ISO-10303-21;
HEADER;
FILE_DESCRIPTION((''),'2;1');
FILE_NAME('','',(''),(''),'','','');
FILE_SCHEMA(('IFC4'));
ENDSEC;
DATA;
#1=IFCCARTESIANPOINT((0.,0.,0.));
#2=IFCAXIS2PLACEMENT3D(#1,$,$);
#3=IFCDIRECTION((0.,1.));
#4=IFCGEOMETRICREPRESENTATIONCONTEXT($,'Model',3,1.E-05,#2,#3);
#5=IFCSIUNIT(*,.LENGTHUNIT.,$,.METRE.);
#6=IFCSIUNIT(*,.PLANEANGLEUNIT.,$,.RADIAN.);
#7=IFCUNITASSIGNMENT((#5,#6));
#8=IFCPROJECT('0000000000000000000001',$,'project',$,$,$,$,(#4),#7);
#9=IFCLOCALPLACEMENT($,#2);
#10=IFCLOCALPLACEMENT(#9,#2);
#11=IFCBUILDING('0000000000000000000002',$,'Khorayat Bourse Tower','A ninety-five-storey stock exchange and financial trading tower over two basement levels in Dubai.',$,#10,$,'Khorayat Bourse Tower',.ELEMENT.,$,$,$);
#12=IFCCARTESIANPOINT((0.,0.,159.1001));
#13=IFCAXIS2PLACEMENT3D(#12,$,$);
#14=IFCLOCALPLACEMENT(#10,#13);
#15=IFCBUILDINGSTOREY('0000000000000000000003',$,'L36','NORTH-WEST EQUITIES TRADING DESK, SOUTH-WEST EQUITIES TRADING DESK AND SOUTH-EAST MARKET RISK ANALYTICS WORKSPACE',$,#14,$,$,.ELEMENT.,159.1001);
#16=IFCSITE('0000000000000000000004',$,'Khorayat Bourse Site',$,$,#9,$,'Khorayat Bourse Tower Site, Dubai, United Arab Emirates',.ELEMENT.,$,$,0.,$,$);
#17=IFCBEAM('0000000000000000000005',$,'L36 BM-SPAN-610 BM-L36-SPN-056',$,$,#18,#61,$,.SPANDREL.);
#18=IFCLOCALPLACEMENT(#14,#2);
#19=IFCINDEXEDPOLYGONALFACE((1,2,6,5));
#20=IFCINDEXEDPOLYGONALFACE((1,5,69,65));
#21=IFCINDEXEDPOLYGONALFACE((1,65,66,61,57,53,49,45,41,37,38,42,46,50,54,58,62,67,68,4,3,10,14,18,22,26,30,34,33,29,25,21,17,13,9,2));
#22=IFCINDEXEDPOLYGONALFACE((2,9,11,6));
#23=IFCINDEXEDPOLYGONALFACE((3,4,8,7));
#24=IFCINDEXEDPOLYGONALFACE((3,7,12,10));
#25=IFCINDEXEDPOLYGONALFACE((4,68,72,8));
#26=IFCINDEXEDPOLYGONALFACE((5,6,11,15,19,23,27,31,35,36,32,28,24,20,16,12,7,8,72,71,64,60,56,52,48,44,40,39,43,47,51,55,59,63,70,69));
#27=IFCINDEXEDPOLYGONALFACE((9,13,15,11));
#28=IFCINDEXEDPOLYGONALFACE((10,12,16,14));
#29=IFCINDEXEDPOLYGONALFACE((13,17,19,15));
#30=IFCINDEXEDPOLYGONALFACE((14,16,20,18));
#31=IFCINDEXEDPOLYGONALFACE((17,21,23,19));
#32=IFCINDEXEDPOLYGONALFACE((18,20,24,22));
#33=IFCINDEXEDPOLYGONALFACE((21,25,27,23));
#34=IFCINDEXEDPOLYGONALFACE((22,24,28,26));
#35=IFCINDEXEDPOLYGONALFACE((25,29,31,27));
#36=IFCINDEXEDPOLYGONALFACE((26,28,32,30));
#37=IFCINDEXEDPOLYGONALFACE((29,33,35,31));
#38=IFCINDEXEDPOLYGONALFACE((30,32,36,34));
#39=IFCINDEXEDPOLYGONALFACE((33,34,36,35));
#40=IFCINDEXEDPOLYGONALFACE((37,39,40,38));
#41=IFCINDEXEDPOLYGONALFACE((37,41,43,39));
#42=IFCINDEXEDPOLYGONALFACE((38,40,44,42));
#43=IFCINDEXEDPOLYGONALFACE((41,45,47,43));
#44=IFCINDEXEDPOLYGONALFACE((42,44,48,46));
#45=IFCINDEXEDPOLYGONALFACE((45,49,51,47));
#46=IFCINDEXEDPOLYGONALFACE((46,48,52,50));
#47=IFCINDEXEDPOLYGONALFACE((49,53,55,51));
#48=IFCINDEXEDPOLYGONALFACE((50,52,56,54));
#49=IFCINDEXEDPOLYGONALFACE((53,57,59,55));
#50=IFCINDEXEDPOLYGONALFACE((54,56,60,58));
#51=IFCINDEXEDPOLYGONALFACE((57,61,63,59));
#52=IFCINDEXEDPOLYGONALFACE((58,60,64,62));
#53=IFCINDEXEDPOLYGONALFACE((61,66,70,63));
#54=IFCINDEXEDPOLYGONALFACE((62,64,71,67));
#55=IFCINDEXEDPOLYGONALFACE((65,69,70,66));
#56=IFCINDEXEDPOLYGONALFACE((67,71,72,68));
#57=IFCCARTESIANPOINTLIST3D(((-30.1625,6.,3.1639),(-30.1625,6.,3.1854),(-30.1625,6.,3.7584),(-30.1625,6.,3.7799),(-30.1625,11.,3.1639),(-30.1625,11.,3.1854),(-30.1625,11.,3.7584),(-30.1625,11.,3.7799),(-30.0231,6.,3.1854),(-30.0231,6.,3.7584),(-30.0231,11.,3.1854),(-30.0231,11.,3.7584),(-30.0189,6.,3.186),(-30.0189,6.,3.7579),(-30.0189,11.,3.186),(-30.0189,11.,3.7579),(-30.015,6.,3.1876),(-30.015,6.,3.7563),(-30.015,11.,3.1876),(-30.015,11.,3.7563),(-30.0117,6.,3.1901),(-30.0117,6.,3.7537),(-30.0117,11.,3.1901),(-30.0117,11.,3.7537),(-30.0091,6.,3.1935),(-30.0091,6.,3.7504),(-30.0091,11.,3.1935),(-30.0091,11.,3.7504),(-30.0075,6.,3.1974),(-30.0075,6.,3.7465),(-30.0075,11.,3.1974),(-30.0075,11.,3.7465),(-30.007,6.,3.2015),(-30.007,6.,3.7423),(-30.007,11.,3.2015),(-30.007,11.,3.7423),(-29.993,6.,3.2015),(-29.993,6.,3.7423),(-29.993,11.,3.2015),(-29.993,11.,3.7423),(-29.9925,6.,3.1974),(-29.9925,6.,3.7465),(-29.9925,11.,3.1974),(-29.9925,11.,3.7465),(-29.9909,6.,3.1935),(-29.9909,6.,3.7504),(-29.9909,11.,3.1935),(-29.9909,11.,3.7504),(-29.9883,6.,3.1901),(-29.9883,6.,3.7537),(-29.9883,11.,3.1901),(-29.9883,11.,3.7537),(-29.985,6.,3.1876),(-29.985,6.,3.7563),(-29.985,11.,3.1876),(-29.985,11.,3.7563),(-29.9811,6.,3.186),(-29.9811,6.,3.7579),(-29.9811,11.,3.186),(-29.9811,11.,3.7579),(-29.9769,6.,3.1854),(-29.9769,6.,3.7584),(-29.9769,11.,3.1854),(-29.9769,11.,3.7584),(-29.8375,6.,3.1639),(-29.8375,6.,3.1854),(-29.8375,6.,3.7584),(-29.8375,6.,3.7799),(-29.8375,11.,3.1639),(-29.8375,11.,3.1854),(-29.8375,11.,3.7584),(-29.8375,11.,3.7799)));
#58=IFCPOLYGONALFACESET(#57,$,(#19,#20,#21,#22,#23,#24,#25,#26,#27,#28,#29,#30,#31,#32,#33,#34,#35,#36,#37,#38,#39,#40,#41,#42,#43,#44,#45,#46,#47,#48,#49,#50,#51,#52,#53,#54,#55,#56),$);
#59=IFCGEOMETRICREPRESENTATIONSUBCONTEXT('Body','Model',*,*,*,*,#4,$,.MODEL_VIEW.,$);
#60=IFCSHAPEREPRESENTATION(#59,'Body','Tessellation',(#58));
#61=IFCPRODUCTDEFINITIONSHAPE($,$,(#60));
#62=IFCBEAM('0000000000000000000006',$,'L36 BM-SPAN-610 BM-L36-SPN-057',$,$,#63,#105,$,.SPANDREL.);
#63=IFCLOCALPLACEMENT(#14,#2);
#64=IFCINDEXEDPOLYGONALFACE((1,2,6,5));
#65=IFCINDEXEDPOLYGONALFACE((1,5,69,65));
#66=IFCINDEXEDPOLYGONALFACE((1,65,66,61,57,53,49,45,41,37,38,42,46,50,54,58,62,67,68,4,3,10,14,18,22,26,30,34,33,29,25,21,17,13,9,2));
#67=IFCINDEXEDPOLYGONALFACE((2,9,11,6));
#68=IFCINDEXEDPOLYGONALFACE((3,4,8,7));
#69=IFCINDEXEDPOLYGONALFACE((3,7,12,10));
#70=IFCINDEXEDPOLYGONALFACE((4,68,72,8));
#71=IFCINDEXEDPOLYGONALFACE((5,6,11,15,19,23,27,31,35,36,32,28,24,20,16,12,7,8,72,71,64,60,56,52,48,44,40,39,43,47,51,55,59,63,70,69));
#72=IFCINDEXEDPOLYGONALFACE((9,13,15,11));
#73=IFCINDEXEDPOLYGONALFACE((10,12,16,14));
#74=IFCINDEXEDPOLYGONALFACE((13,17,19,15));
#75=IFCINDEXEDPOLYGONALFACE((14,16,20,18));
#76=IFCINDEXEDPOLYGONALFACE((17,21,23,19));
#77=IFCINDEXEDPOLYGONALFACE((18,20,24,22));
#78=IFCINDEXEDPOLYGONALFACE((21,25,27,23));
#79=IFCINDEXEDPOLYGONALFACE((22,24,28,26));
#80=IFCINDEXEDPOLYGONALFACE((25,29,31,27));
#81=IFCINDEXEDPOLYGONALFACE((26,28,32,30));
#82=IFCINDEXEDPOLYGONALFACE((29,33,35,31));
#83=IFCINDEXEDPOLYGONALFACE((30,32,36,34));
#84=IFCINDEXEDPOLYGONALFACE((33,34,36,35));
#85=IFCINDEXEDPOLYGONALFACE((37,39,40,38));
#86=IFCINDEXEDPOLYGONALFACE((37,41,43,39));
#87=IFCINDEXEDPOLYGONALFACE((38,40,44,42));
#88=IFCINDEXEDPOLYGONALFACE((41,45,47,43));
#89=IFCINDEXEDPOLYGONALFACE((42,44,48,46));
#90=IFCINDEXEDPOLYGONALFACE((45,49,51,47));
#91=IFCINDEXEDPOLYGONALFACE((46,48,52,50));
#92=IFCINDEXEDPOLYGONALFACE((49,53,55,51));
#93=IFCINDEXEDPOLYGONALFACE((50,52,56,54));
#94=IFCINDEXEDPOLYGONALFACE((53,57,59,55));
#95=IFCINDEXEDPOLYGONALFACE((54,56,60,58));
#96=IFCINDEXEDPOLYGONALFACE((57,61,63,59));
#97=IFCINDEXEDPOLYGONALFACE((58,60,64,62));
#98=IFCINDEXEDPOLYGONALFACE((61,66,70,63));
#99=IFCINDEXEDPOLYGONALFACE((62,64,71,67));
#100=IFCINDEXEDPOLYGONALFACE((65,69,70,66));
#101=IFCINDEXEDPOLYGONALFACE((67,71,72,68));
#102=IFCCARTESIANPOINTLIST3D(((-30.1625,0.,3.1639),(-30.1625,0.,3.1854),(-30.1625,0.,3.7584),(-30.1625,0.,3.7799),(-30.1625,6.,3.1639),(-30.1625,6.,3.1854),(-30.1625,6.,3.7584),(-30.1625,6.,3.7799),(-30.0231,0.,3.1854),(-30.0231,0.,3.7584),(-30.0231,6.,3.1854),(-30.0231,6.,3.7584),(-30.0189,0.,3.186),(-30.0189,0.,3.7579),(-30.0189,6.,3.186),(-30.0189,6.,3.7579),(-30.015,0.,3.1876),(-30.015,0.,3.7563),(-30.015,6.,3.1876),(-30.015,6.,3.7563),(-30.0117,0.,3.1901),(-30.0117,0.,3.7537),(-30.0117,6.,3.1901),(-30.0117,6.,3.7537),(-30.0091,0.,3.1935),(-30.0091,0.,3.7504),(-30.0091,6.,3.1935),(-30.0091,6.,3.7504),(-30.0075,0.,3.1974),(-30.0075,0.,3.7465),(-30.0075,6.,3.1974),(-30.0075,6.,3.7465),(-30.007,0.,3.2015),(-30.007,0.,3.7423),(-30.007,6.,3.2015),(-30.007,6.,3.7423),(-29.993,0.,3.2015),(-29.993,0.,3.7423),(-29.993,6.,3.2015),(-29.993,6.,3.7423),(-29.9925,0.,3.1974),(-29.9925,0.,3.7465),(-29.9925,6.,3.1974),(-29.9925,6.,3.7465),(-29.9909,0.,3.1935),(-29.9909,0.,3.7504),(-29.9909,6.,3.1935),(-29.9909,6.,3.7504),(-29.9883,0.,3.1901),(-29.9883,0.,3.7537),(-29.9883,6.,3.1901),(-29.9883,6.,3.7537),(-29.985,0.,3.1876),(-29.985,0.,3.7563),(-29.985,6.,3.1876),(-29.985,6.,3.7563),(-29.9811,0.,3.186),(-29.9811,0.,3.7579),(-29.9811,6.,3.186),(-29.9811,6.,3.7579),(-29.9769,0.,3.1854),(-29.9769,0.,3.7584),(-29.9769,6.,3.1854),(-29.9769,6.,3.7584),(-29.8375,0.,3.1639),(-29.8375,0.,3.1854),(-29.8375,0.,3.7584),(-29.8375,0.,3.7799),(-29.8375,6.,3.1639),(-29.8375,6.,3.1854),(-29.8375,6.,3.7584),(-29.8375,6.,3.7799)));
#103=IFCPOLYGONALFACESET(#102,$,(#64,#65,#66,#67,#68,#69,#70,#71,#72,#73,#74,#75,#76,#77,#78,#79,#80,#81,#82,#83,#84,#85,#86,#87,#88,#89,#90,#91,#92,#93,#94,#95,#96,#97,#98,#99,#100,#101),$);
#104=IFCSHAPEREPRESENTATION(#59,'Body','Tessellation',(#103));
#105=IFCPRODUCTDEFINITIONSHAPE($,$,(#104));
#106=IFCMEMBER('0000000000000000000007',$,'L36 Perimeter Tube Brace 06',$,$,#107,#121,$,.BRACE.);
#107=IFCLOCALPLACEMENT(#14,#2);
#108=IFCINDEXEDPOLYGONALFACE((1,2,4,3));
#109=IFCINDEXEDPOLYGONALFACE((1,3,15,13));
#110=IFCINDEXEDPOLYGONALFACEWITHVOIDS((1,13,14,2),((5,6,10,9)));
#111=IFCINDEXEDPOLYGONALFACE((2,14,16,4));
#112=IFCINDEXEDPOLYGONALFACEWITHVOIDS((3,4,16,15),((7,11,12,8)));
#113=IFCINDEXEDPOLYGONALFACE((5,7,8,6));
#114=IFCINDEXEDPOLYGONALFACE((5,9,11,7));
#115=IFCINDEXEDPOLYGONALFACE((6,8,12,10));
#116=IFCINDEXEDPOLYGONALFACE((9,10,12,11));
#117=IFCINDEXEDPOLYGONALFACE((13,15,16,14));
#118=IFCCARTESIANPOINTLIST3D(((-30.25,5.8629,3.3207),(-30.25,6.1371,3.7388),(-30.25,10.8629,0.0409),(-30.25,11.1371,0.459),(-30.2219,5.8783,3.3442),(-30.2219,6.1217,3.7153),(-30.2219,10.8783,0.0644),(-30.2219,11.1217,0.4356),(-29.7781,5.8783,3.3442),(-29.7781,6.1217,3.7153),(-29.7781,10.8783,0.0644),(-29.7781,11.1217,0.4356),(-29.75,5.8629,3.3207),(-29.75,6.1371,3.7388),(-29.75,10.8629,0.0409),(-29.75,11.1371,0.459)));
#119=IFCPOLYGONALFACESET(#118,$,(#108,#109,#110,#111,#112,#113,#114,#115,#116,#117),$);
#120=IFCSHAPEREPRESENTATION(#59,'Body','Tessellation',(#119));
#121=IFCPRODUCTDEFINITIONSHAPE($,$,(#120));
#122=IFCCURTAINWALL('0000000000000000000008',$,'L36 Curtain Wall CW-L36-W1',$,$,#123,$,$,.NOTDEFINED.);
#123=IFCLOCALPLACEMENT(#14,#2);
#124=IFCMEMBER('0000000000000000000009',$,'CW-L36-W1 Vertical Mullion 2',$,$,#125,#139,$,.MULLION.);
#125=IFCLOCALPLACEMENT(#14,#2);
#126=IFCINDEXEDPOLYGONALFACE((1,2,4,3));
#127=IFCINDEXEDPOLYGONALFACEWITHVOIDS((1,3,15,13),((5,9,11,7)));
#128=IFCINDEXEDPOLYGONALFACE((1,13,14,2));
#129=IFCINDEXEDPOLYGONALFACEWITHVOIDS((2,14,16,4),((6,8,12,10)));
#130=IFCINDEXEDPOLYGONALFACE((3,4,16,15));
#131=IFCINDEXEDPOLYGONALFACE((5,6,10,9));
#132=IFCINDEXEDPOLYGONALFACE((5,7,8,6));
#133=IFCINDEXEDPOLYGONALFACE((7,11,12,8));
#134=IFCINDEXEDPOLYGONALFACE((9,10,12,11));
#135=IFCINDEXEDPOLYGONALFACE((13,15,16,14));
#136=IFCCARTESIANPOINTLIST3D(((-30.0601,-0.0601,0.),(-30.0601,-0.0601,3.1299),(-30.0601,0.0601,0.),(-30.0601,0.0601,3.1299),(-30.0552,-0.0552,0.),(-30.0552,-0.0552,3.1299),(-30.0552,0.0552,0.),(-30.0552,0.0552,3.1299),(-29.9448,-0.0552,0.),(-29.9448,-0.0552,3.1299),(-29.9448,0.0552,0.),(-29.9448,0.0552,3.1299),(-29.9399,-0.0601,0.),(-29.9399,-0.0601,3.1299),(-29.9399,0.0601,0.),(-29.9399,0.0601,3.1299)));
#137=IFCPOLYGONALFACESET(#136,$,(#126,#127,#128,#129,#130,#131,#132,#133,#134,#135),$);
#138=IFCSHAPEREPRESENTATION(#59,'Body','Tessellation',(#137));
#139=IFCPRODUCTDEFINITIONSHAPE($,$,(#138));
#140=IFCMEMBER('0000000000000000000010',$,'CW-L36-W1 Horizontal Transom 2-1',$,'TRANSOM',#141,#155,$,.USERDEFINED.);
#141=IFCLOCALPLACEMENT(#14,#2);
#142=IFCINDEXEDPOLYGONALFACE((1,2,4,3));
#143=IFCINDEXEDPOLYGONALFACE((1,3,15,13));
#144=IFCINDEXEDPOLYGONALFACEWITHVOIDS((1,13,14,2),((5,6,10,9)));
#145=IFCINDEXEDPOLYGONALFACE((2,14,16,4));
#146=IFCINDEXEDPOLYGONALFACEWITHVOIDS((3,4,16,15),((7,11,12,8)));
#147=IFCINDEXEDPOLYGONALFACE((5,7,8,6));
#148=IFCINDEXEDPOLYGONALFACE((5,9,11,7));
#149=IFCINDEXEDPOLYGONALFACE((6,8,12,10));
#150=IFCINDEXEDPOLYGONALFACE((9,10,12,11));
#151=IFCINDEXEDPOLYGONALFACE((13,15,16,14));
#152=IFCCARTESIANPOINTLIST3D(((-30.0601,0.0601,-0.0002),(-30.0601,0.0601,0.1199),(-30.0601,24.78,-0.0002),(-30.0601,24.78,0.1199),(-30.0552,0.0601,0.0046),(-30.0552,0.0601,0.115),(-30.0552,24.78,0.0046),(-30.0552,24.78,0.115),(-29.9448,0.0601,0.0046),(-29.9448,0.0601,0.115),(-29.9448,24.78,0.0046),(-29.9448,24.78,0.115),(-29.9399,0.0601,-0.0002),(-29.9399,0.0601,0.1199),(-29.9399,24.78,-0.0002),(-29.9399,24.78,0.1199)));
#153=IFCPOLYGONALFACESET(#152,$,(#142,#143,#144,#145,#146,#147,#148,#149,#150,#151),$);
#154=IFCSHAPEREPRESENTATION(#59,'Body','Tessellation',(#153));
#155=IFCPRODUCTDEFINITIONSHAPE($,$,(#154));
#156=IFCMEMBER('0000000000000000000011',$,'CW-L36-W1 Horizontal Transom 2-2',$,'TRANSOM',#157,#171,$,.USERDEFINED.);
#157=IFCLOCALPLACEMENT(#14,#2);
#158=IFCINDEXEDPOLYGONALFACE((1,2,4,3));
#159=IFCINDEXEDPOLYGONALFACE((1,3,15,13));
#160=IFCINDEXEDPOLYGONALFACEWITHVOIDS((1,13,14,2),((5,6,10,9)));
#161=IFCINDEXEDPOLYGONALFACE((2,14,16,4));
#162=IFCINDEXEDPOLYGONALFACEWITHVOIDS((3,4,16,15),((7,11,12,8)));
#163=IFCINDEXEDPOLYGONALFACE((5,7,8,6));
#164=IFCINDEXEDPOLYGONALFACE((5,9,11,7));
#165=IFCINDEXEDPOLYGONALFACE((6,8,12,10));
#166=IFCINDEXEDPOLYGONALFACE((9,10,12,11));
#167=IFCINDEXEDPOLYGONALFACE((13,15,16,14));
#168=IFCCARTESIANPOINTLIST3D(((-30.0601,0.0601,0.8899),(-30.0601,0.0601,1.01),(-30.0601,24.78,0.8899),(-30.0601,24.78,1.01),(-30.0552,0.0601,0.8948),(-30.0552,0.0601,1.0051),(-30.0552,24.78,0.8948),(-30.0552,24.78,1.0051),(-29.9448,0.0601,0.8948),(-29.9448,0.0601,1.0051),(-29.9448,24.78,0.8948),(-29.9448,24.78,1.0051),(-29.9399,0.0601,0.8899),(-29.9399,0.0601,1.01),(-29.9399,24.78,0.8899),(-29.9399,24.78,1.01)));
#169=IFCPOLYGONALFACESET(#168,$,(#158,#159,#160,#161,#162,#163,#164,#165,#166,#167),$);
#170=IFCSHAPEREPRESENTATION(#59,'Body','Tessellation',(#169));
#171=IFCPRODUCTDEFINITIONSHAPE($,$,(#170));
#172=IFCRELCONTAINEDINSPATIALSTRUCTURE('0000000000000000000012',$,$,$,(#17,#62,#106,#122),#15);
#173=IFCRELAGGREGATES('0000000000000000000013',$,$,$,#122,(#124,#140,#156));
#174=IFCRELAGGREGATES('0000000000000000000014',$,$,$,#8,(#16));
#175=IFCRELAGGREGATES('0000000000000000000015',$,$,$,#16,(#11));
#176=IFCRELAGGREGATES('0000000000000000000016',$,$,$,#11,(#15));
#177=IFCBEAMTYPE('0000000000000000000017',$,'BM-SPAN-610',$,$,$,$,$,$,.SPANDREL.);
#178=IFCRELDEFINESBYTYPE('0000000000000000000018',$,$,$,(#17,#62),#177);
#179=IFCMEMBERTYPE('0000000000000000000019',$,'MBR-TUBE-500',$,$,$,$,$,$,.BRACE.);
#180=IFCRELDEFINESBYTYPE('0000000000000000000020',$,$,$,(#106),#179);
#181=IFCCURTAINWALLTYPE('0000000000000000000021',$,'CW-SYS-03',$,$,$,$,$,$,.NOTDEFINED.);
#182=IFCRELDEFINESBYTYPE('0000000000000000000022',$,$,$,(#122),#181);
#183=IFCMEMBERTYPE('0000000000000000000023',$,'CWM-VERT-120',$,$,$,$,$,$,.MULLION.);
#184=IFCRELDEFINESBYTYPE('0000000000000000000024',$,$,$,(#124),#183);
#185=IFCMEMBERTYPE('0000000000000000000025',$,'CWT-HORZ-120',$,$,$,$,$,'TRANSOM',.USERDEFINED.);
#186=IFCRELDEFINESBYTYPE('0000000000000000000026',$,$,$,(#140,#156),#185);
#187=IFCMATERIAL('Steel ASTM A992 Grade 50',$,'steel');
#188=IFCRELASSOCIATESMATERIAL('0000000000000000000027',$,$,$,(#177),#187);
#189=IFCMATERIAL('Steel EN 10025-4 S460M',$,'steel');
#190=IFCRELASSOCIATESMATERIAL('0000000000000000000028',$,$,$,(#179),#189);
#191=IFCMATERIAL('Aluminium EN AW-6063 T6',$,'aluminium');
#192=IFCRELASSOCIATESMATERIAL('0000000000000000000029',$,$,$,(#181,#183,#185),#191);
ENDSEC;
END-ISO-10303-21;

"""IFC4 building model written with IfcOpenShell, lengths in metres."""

from ifc_helpers import new_model, si_unit, direction, frame, origin, origin_2d, place, context, subcontext, project, spatial, hollow_rectangle, i_section, extrude, source, transform, mapped, material, material_profile, profile_set, type_object, element, aggregate, save


model = new_model("IFC4")

# Units and contexts
model_context = context("Model", 3, precision=1e-05, world=origin(), true_north=direction((0.0, 1.0)))
body_context = subcontext(model_context, "Body", "Model", "MODEL_VIEW")
ifc_project = project(units=[si_unit("LENGTHUNIT", "METRE"), si_unit("PLANEANGLEUNIT", "RADIAN")], contexts=[model_context])

# Site, building, storey
site_placement = place(None, origin())
site = spatial("IfcSite", under=ifc_project, at=site_placement, Name="Khorayat Bourse Site", LongName="Khorayat Bourse Tower Site, Dubai, United Arab Emirates", CompositionType="ELEMENT", RefElevation=0.0)
building_placement = place(site_placement, origin())
building = spatial("IfcBuilding", under=site, at=building_placement, Name="Khorayat Bourse Tower", Description="A ninety-five-storey stock exchange and financial trading tower over two basement levels in Dubai.", LongName="Khorayat Bourse Tower", CompositionType="ELEMENT")
storey_placement = place(building_placement, frame((0.0, 0.0, 159.1001)))
storey = spatial("IfcBuildingStorey", under=building, at=storey_placement, Name="L36", Description="NORTH-WEST EQUITIES TRADING DESK, SOUTH-WEST EQUITIES TRADING DESK AND SOUTH-EAST MARKET RISK ANALYTICS WORKSPACE", CompositionType="ELEMENT", Elevation=159.1001)

# Shared definitions
ifc_material_1 = material(Name="Steel EN 10025-4 S460M", Category="steel")

# Beams
ifc_material_2 = material(Name="Steel ASTM A992 Grade 50", Category="steel")
ifc_material_profile_1 = material_profile(ifc_material_2, i_section(OverallWidth=0.325, OverallDepth=0.616, WebThickness=0.0139, FlangeThickness=0.0215, FilletRadius=0.0161, at=origin_2d()), Name="W610X174")
ifc_profile_set_1 = profile_set([ifc_material_profile_1], Name="Steel ASTM A992 Grade 50")
beam_type_1 = type_object("IfcBeamType", Name="BM-SPAN-610", PredefinedType="SPANDREL", material=ifc_profile_set_1)
shared_shape_1 = source(origin(), body_context, "Body", "SweptSolid", [
    extrude(i_section(OverallWidth=0.325, OverallDepth=0.616, WebThickness=0.0139, FlangeThickness=0.0215, FilletRadius=0.0161, at=origin_2d()), origin(), (0.0, 0.0, 1.0), 5.0),
])
beam_1_placement = place(storey_placement, frame((-30.0, 6.0, 3.4719), z_axis=(0.0, 1.0, 0.0), x_axis=(-1.0, 0.0, 0.0)))
element("IfcBeam", 1, at=beam_1_placement, inside=storey, type_object=beam_type_1, Name="L36 BM-SPAN-610 BM-L36-SPN-056", PredefinedType="SPANDREL", context=body_context, shape_type="MappedRepresentation", body=[
    mapped(shared_shape_1, transform((0.0, 0.0, 0.0), scale=1.0)),
])
shared_shape_2 = source(origin(), body_context, "Body", "SweptSolid", [
    extrude(i_section(OverallWidth=0.325, OverallDepth=0.616, WebThickness=0.0139, FlangeThickness=0.0215, FilletRadius=0.0161, at=origin_2d()), origin(), (0.0, 0.0, 1.0), 6.0),
])
beam_2_placement = place(storey_placement, frame((-30.0, 0.0, 3.4719), z_axis=(0.0, 1.0, 0.0), x_axis=(-1.0, 0.0, 0.0)))
element("IfcBeam", 2, at=beam_2_placement, inside=storey, type_object=beam_type_1, Name="L36 BM-SPAN-610 BM-L36-SPN-057", PredefinedType="SPANDREL", context=body_context, shape_type="MappedRepresentation", body=[
    mapped(shared_shape_2, transform((0.0, 0.0, 0.0), scale=1.0)),
])

# Member
ifc_material_profile_2 = material_profile(ifc_material_1, hollow_rectangle(XDim=0.5, YDim=0.5, WallThickness=0.0281, at=origin_2d()), Name="HSS 500x500x28")
ifc_profile_set_2 = profile_set([ifc_material_profile_2], Name="Steel EN 10025-4 S460M")
member_type_1 = type_object("IfcMemberType", Name="MBR-TUBE-500", PredefinedType="BRACE", material=ifc_profile_set_2)
shared_shape_3 = source(origin(), body_context, "Body", "SweptSolid", [
    extrude(hollow_rectangle(XDim=0.5, YDim=0.5, WallThickness=0.0281, at=origin_2d()), origin(), (0.0, 0.0, 1.0), 5.9797),
])
member_1_placement = place(storey_placement, frame((-30.0, 6.0, 3.5298), z_axis=(0.0, 0.83616, -0.548485), x_axis=(-1.0, 0.0, 0.0)))
element("IfcMember", 3, at=member_1_placement, inside=storey, type_object=member_type_1, Name="L36 Perimeter Tube Brace 06", PredefinedType="BRACE", context=body_context, shape_type="MappedRepresentation", body=[
    mapped(shared_shape_3, transform((0.0, 0.0, 0.0), scale=1.0)),
])

# Curtain wall, members
ifc_material_3 = material(Name="Aluminium EN AW-6063 T6", Category="aluminium")
curtain_wall_type = type_object("IfcCurtainWallType", Name="CW-SYS-03", PredefinedType="NOTDEFINED", material=ifc_material_3)
curtain_wall_placement = place(storey_placement, origin())
curtain_wall = element("IfcCurtainWall", 4, at=curtain_wall_placement, inside=storey, type_object=curtain_wall_type, Name="L36 Curtain Wall CW-L36-W1", PredefinedType="NOTDEFINED")
ifc_material_profile_3 = material_profile(ifc_material_3, hollow_rectangle(XDim=0.1201, YDim=0.1201, WallThickness=0.0049, at=origin_2d()), Name="ALU 120x120x5")
ifc_profile_set_3 = profile_set([ifc_material_profile_3], Name="Aluminium EN AW-6063 T6")
member_type_2 = type_object("IfcMemberType", Name="CWM-VERT-120", PredefinedType="MULLION", material=ifc_profile_set_3)
shared_shape_4 = source(origin(), body_context, "Body", "SweptSolid", [
    extrude(hollow_rectangle(XDim=0.1201, YDim=0.1201, WallThickness=0.0049, at=origin_2d()), origin(), (0.0, 0.0, 1.0), 3.1299),
])
member_2_placement = place(storey_placement, frame((-30.0, 0.0, 0.0), z_axis=(0.0, 0.0, 1.0), x_axis=(-1.0, 0.0, 0.0)))
member_2 = element("IfcMember", 5, at=member_2_placement, type_object=member_type_2, Name="CW-L36-W1 Vertical Mullion 2", PredefinedType="MULLION", context=body_context, shape_type="MappedRepresentation", body=[
    mapped(shared_shape_4, transform((0.0, 0.0, 0.0), scale=1.0)),
])
ifc_material_profile_4 = material_profile(ifc_material_3, hollow_rectangle(XDim=0.1201, YDim=0.1201, WallThickness=0.0049, at=origin_2d()), Name="ALU 120x120x5")
ifc_profile_set_4 = profile_set([ifc_material_profile_4], Name="Aluminium EN AW-6063 T6")
member_type_3 = type_object("IfcMemberType", Name="CWT-HORZ-120", ElementType="TRANSOM", PredefinedType="USERDEFINED", material=ifc_profile_set_4)
shared_shape_5 = source(origin(), body_context, "Body", "SweptSolid", [
    extrude(hollow_rectangle(XDim=0.1201, YDim=0.1201, WallThickness=0.0049, at=origin_2d()), origin(), (0.0, 0.0, 1.0), 24.72),
])
member_3_placement = place(storey_placement, frame((-30.0, 0.0601, 0.0598), z_axis=(0.0, 1.0, 0.0), x_axis=(-1.0, 0.0, 0.0)))
member_3 = element("IfcMember", 6, at=member_3_placement, type_object=member_type_3, Name="CW-L36-W1 Horizontal Transom 2-1", ObjectType="TRANSOM", PredefinedType="USERDEFINED", context=body_context, shape_type="MappedRepresentation", body=[
    mapped(shared_shape_5, transform((0.0, 0.0, 0.0), scale=1.0)),
])
member_4_placement = place(storey_placement, frame((-30.0, 0.0601, 0.95), z_axis=(0.0, 1.0, 0.0), x_axis=(-1.0, 0.0, 0.0)))
member_4 = element("IfcMember", 7, at=member_4_placement, type_object=member_type_3, Name="CW-L36-W1 Horizontal Transom 2-2", ObjectType="TRANSOM", PredefinedType="USERDEFINED", context=body_context, shape_type="MappedRepresentation", body=[
    mapped(shared_shape_5, transform((0.0, 0.0, 0.0), scale=1.0)),
])
aggregate(curtain_wall, [member_2, member_3, member_4])

save(model, "model.ifc")
